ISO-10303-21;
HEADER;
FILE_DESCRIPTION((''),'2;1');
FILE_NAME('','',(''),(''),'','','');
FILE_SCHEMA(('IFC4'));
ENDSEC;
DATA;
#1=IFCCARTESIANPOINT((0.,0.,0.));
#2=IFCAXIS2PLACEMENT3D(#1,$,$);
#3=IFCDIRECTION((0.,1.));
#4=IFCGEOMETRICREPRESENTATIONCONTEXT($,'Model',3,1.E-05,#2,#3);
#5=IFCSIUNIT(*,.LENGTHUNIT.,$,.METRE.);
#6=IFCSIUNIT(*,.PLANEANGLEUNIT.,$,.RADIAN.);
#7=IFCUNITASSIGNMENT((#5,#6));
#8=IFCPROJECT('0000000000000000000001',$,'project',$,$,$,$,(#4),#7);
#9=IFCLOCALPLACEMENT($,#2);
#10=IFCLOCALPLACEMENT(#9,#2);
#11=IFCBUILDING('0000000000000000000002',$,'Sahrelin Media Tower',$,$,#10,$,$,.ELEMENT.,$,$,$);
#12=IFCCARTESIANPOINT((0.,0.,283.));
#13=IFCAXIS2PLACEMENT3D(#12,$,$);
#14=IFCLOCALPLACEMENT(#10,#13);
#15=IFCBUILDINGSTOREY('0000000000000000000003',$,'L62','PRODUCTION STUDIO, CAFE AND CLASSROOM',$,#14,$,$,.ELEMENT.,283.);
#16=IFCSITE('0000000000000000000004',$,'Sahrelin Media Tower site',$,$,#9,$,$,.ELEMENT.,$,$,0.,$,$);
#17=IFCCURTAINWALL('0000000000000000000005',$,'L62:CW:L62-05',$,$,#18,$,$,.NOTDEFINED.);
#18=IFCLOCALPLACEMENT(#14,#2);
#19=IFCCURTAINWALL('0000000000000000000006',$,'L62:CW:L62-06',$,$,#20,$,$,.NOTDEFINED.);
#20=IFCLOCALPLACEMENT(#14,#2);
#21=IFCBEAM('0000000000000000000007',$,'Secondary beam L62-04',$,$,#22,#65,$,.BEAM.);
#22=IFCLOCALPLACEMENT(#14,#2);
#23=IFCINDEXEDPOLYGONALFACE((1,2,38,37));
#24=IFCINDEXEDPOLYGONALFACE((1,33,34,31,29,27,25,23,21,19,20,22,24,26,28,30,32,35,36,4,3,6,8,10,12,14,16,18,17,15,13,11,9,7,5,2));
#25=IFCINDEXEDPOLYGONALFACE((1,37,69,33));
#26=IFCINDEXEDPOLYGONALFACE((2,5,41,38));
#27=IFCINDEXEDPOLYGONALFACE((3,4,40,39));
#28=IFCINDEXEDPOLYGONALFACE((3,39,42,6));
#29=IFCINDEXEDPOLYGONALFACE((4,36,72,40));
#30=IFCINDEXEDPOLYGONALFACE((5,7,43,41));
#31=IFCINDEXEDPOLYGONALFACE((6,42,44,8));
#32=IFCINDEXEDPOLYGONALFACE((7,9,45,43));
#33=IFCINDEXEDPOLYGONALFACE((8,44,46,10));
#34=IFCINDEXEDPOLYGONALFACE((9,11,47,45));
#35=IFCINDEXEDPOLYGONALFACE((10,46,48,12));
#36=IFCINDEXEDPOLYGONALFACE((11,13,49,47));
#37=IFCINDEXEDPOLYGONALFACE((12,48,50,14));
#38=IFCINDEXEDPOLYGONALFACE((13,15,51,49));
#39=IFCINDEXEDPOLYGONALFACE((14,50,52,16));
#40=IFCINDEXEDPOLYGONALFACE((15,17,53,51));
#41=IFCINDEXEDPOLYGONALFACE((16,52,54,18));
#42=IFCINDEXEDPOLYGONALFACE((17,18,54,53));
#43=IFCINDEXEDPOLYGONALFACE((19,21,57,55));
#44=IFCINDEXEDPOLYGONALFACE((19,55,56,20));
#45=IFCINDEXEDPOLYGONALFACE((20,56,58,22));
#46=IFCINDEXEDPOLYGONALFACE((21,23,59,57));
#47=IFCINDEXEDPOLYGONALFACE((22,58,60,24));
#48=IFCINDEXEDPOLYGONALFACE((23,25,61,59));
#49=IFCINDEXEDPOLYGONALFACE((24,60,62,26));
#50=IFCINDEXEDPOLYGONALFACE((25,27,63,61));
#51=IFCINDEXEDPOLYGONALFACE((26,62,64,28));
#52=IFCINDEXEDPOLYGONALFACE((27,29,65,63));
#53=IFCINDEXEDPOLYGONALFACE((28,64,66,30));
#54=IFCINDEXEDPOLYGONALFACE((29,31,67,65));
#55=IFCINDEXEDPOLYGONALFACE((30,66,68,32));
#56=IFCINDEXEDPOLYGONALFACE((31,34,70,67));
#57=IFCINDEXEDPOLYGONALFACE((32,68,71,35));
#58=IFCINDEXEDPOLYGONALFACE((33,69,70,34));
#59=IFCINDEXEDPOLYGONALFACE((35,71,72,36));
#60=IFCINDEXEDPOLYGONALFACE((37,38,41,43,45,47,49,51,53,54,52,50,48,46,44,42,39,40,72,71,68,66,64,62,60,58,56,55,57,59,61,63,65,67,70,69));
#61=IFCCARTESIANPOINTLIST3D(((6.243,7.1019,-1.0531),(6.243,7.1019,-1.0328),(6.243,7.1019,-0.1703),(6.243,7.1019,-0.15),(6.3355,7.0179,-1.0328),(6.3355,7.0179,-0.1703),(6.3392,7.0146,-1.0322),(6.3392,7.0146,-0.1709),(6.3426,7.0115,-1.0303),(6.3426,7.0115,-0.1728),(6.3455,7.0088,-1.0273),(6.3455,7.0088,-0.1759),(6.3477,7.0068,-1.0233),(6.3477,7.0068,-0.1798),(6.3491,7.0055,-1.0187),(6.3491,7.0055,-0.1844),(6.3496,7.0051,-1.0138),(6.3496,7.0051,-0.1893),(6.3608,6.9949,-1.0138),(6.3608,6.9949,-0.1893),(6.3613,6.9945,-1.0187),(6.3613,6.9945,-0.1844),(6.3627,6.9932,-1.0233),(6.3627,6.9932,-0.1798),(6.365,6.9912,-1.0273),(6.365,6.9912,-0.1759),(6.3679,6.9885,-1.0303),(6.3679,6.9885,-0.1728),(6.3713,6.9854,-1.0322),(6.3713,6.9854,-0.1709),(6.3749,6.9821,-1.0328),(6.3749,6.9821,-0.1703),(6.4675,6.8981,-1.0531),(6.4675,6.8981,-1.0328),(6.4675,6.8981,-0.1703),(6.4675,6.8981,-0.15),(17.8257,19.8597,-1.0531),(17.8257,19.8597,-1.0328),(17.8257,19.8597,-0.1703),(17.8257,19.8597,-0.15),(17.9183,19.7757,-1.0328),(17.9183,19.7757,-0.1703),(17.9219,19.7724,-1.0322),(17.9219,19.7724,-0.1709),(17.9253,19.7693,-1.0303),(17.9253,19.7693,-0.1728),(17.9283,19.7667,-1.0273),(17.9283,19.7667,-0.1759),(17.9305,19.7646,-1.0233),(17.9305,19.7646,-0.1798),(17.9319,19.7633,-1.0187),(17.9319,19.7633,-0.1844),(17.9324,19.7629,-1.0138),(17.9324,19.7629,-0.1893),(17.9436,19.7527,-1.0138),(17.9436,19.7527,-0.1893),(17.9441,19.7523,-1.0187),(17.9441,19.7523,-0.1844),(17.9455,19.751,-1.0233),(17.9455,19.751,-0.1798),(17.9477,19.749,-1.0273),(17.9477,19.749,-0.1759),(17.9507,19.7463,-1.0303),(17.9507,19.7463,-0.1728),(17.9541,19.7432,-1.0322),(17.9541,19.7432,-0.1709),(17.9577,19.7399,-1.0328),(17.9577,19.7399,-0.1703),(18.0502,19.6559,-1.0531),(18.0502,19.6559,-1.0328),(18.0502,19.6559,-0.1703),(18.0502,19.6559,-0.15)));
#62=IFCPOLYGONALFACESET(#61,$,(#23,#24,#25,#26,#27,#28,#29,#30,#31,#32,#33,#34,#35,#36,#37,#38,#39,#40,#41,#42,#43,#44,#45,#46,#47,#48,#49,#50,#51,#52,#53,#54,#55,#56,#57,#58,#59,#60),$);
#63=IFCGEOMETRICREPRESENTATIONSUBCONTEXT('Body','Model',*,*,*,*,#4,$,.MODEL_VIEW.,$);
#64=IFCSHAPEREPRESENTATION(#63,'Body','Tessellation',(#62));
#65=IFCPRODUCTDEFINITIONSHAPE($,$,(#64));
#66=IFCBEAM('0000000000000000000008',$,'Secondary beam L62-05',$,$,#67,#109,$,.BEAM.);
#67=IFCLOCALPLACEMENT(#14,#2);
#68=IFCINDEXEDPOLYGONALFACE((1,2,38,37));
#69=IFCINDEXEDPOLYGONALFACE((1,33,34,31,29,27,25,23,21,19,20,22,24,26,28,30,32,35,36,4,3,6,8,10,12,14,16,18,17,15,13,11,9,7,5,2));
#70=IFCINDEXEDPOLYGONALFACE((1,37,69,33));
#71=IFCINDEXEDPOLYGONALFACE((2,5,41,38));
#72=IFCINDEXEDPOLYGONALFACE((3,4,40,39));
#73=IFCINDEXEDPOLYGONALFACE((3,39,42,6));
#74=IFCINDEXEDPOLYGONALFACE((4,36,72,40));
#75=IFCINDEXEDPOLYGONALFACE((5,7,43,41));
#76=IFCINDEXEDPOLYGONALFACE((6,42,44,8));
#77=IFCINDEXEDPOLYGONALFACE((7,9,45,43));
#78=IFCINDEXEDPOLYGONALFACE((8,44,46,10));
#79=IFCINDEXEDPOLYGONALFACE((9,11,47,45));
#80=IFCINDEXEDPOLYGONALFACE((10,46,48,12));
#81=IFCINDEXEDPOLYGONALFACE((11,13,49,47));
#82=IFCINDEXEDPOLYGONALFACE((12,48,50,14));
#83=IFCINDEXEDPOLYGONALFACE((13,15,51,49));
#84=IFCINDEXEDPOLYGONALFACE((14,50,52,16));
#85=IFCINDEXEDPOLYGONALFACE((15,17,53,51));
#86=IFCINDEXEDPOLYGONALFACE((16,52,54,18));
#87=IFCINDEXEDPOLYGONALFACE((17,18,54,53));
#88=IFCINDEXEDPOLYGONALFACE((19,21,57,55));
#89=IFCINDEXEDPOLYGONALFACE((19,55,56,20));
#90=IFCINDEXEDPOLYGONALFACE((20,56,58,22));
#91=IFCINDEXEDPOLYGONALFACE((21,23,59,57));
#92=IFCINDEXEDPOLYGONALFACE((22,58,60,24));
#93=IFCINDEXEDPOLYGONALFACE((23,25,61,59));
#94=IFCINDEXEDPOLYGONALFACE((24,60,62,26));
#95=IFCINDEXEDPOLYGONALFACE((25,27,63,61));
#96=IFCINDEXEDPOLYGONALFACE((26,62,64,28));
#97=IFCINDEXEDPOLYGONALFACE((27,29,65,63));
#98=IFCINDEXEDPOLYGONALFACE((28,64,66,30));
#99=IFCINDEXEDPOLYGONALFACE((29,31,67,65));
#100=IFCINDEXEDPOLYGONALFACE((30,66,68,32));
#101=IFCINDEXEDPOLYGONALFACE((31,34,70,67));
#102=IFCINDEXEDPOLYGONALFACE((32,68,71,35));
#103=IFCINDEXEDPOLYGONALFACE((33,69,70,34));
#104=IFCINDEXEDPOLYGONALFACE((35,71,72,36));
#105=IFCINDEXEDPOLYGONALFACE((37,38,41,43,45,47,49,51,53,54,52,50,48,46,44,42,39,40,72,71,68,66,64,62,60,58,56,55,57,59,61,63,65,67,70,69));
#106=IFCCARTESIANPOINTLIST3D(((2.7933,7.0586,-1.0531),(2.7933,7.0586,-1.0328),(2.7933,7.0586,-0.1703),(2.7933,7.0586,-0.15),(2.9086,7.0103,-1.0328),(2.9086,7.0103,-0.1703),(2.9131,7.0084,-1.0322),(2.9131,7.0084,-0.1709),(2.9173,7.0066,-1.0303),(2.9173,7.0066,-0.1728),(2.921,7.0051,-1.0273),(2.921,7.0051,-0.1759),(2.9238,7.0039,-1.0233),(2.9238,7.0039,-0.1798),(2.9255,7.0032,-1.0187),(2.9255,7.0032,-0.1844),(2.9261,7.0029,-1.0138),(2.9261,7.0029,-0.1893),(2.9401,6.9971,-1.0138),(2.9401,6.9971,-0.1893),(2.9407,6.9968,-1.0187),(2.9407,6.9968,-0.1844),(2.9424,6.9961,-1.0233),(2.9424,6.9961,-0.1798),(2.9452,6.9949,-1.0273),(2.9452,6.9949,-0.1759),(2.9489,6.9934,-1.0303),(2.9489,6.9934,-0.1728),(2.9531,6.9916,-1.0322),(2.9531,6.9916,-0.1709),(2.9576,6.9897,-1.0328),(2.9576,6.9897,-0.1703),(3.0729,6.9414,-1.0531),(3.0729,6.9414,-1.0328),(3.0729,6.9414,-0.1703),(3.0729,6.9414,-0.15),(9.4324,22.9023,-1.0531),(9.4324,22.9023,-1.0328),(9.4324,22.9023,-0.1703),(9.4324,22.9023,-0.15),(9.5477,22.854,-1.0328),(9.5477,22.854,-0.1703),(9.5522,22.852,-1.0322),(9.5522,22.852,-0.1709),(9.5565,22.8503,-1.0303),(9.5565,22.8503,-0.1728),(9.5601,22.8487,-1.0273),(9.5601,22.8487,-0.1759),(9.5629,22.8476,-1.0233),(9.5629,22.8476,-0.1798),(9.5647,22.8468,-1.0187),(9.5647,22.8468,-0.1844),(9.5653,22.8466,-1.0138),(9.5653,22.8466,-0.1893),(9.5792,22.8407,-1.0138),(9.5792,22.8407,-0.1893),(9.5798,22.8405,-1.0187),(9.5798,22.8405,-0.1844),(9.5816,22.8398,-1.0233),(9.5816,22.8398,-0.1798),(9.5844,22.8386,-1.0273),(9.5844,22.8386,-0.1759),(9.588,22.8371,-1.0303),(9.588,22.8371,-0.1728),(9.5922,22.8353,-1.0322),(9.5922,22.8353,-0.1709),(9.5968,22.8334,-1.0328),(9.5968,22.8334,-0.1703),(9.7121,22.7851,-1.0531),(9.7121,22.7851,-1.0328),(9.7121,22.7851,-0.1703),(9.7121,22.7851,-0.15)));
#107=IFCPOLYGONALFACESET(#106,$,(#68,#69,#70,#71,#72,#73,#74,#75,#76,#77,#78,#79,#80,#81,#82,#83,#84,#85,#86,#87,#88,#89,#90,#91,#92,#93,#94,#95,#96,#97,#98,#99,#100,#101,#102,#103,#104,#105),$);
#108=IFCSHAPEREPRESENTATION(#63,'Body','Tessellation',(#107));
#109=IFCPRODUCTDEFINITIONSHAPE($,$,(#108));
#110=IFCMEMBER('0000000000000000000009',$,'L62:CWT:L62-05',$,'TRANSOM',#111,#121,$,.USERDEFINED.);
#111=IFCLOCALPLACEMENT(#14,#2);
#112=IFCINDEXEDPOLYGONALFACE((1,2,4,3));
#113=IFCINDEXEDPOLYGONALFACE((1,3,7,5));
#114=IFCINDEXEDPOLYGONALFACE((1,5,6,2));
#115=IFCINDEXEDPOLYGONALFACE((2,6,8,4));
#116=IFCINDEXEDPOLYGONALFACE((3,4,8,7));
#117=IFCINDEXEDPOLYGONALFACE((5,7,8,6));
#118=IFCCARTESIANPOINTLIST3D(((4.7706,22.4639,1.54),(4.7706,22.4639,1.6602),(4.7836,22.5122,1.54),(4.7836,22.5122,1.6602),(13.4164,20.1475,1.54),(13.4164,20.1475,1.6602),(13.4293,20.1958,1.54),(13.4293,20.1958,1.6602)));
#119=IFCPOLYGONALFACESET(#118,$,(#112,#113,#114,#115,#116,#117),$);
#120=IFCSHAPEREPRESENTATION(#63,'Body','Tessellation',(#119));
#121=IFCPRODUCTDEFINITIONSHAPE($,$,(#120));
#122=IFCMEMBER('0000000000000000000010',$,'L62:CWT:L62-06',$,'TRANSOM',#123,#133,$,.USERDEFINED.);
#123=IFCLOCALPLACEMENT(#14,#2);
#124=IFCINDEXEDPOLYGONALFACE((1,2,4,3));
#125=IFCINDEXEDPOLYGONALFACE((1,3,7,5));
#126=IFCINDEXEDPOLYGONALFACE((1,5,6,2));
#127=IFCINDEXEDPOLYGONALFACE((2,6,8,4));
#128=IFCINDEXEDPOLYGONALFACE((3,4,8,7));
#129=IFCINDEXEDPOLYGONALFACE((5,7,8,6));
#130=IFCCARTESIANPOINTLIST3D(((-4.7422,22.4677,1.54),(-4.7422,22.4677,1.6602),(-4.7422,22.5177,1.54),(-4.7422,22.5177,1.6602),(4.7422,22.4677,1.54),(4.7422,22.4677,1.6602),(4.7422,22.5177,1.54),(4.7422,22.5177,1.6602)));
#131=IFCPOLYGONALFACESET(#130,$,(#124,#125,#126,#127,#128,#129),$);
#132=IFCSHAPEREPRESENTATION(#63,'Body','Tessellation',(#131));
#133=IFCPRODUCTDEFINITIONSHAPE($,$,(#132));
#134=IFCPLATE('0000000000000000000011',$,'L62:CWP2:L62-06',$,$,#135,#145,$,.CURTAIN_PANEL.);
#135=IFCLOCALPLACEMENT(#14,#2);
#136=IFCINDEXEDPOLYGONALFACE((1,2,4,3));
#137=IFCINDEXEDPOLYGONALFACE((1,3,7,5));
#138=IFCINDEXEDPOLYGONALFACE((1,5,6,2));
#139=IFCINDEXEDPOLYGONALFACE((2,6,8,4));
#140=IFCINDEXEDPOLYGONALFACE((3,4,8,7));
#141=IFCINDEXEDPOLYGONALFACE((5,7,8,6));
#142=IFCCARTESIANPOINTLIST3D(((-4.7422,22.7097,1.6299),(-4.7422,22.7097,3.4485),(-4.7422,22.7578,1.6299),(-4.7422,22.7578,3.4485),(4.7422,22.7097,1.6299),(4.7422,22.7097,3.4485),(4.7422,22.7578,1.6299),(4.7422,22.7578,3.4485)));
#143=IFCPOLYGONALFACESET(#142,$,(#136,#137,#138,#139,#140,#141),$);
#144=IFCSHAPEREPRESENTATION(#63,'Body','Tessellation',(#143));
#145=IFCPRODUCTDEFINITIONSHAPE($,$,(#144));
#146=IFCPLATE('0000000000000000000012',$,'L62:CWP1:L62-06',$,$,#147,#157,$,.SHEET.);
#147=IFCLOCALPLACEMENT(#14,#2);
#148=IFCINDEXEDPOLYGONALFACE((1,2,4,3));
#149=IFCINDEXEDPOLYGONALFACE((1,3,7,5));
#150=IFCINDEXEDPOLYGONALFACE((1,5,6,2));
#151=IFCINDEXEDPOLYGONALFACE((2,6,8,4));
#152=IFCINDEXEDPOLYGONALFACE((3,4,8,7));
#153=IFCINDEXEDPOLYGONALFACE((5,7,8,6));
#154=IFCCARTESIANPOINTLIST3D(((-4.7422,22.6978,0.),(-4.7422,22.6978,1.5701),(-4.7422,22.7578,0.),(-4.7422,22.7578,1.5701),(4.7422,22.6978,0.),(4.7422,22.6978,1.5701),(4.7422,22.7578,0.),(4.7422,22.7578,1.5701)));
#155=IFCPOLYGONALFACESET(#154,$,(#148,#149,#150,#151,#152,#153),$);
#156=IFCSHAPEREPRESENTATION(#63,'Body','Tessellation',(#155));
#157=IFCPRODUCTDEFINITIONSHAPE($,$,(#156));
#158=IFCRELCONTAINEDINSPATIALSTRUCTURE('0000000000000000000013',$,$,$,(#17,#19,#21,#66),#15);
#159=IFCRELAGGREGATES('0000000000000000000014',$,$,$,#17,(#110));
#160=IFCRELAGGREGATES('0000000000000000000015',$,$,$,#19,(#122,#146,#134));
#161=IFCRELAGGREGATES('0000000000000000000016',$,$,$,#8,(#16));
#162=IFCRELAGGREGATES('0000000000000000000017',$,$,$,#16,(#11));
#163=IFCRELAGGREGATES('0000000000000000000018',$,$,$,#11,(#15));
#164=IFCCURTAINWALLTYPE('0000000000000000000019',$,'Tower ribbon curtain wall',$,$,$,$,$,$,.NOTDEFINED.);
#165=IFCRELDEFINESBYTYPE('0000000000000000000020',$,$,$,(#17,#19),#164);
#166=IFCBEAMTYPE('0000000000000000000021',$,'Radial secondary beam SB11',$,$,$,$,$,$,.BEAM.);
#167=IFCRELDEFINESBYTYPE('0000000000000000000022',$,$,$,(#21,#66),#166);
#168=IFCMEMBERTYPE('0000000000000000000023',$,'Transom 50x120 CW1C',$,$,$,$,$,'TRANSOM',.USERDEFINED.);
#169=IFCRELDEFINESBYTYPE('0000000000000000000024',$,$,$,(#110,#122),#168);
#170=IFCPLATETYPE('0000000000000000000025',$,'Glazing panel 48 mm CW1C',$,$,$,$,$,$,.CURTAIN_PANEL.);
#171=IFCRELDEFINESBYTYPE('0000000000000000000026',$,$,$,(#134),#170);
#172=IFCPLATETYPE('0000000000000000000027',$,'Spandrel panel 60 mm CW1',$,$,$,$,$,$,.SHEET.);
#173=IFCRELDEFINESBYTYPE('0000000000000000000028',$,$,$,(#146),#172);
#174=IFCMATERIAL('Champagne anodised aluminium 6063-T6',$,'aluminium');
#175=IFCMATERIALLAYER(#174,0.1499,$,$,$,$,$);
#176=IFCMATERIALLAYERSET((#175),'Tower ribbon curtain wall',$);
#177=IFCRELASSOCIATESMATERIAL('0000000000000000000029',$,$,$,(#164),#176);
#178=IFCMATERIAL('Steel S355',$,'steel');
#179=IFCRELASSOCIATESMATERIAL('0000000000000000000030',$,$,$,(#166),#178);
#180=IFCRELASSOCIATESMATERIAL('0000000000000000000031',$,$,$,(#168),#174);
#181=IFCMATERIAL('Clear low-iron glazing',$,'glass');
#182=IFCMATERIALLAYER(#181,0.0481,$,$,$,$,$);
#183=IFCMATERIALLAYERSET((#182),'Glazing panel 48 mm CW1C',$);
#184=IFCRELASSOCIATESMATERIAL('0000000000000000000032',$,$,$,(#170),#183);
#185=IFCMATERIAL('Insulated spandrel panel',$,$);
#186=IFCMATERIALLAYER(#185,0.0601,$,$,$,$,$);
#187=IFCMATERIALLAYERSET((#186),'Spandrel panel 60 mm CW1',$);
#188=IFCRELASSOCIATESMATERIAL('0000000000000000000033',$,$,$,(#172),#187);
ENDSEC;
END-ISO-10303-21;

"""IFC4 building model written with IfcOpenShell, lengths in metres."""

from ifc_helpers import new_model, si_unit, direction, frame, origin, origin_2d, place, context, subcontext, project, spatial, polyline, rectangle, i_section, outline, extrude, material, layer, layer_set, material_profile, profile_set, type_object, element, aggregate, save


model = new_model("IFC4")

# Units and contexts
model_context = context("Model", 3, precision=1e-05, world=origin(), true_north=direction((0.0, 1.0)))
body_context = subcontext(model_context, "Body", "Model", "MODEL_VIEW")
ifc_project = project(units=[si_unit("LENGTHUNIT", "METRE"), si_unit("PLANEANGLEUNIT", "RADIAN")], contexts=[model_context])

# Site, building, storey
site_placement = place(None, origin())
site = spatial("IfcSite", under=ifc_project, at=site_placement, Name="Sahrelin Media Tower site", CompositionType="ELEMENT", RefElevation=0.0)
building_placement = place(site_placement, origin())
building = spatial("IfcBuilding", under=site, at=building_placement, Name="Sahrelin Media Tower", CompositionType="ELEMENT")
storey_placement = place(building_placement, frame((0.0, 0.0, 283.0)))
storey = spatial("IfcBuildingStorey", under=building, at=storey_placement, Name="L62", Description="PRODUCTION STUDIO, CAFE AND CLASSROOM", CompositionType="ELEMENT", Elevation=283.0)

# Shared definitions
ifc_material_1 = material(Name="Steel S355", Category="steel")

# Curtain walls
ifc_material_2 = material(Name="Champagne anodised aluminium 6063-T6", Category="aluminium")
ifc_layer_1 = layer(ifc_material_2, 0.1499)
ifc_layer_set_1 = layer_set([ifc_layer_1], Name="Tower ribbon curtain wall")
curtain_wall_type = type_object("IfcCurtainWallType", Name="Tower ribbon curtain wall", PredefinedType="NOTDEFINED", material=ifc_layer_set_1)
curtain_wall_1_placement = place(storey_placement, frame((9.1633, 21.5664, 0.0), z_axis=(0.0, 0.0, 1.0), x_axis=(1.0, 0.0, 0.0)))
curtain_wall_1 = element("IfcCurtainWall", 1, at=curtain_wall_1_placement, inside=storey, type_object=curtain_wall_type, Name="L62:CW:L62-05", PredefinedType="NOTDEFINED")
placement_1 = place(storey_placement, frame((0.0, 22.7378, 0.0), z_axis=(0.0, 0.0, 1.0), x_axis=(1.0, 0.0, 0.0)))
curtain_wall_2 = element("IfcCurtainWall", 2, at=placement_1, inside=storey, type_object=curtain_wall_type, Name="L62:CW:L62-06", PredefinedType="NOTDEFINED")

# Beams
ifc_material_profile_1 = material_profile(ifc_material_1, i_section(OverallWidth=0.3032, OverallDepth=0.9031, WebThickness=0.0151, FlangeThickness=0.0203, FilletRadius=0.019, at=origin_2d()), Name="UB 914x305x201")
ifc_profile_set_1 = profile_set([ifc_material_profile_1], Name="Steel S355")
beam_type_1 = type_object("IfcBeamType", Name="Radial secondary beam SB11", PredefinedType="BEAM", material=ifc_profile_set_1)
beam_1_placement = place(storey_placement, frame((6.3552, 7.0, -0.6016), z_axis=(0.672188, 0.74038, 0.0), x_axis=(-0.74038, 0.672188, 0.0)))
element("IfcBeam", 3, at=beam_1_placement, inside=storey, type_object=beam_type_1, Name="Secondary beam L62-04", PredefinedType="BEAM", context=body_context, shape_type="SweptSolid", body=[
    extrude(i_section(OverallWidth=0.3032, OverallDepth=0.9031, WebThickness=0.0151, FlangeThickness=0.0203, FilletRadius=0.019, at=origin_2d()), origin(), (0.0, 0.0, 1.0), 17.2314),
])
beam_2_placement = place(storey_placement, frame((2.9331, 7.0, -0.6016), z_axis=(0.386479, 0.922298, 0.0), x_axis=(-0.922298, 0.386479, 0.0)))
element("IfcBeam", 4, at=beam_2_placement, inside=storey, type_object=beam_type_1, Name="Secondary beam L62-05", PredefinedType="BEAM", context=body_context, shape_type="SweptSolid", body=[
    extrude(i_section(OverallWidth=0.3032, OverallDepth=0.9031, WebThickness=0.0151, FlangeThickness=0.0203, FilletRadius=0.019, at=origin_2d()), origin(), (0.0, 0.0, 1.0), 17.1785),
])

# Members
ifc_material_profile_2 = material_profile(ifc_material_2, rectangle(XDim=0.05, YDim=0.1201, at=origin_2d()), Name="Transom 50x120")
ifc_profile_set_2 = profile_set([ifc_material_profile_2], Name="Champagne anodised aluminium 6063-T6")
member_type_1 = type_object("IfcMemberType", Name="Transom 50x120 CW1C", ElementType="TRANSOM", PredefinedType="USERDEFINED", material=ifc_profile_set_2)
member_1_placement = place(storey_placement, frame((13.4229, 20.1716, 1.6001), z_axis=(-0.965932, 0.258797, 0.0), x_axis=(-0.258797, -0.965932, 0.0)))
member_1 = element("IfcMember", 5, at=member_1_placement, type_object=member_type_1, Name="L62:CWT:L62-05", ObjectType="TRANSOM", PredefinedType="USERDEFINED", context=body_context, shape_type="SweptSolid", body=[
    extrude(rectangle(XDim=0.05, YDim=0.1201, at=origin_2d()), origin(), (0.0, 0.0, 1.0), 8.9507),
])
aggregate(curtain_wall_1, [member_1])
member_2_placement = place(storey_placement, frame((4.7422, 22.4927, 1.6001), z_axis=(-1.0, 0.0, 0.0), x_axis=(0.0, -1.0, 0.0)))
member_2 = element("IfcMember", 6, at=member_2_placement, type_object=member_type_1, Name="L62:CWT:L62-06", ObjectType="TRANSOM", PredefinedType="USERDEFINED", context=body_context, shape_type="SweptSolid", body=[
    extrude(rectangle(XDim=0.05, YDim=0.1201, at=origin_2d()), origin(), (0.0, 0.0, 1.0), 9.4844),
])

# Plates
ifc_material_3 = material(Name="Clear low-iron glazing", Category="glass")
ifc_layer_2 = layer(ifc_material_3, 0.0481)
ifc_layer_set_2 = layer_set([ifc_layer_2], Name="Glazing panel 48 mm CW1C")
plate_type_1 = type_object("IfcPlateType", Name="Glazing panel 48 mm CW1C", PredefinedType="CURTAIN_PANEL", material=ifc_layer_set_2)
plate_1_placement = place(storey_placement, frame((4.7422, 22.7578, 1.6299), z_axis=(0.0, 1.0, 0.0), x_axis=(-1.0, 0.0, 0.0)))
plate_1 = element("IfcPlate", 7, at=plate_1_placement, type_object=plate_type_1, Name="L62:CWP2:L62-06", PredefinedType="CURTAIN_PANEL", context=body_context, shape_type="SweptSolid", body=[
    extrude(outline(polyline([(0.0, 0.0), (9.4844, 0.0), (9.4844, 1.8186), (0.0, 1.8186), (0.0, 0.0)])), origin(), (0.0, 0.0, -1.0), 0.0481),
])
ifc_material_4 = material(Name="Insulated spandrel panel")
ifc_layer_3 = layer(ifc_material_4, 0.0601)
ifc_layer_set_3 = layer_set([ifc_layer_3], Name="Spandrel panel 60 mm CW1")
plate_type_2 = type_object("IfcPlateType", Name="Spandrel panel 60 mm CW1", PredefinedType="SHEET", material=ifc_layer_set_3)
plate_2_placement = place(storey_placement, frame((4.7422, 22.7578, 0.0), z_axis=(0.0, 1.0, 0.0), x_axis=(-1.0, 0.0, 0.0)))
plate_2 = element("IfcPlate", 8, at=plate_2_placement, type_object=plate_type_2, Name="L62:CWP1:L62-06", PredefinedType="SHEET", context=body_context, shape_type="SweptSolid", body=[
    extrude(outline(polyline([(0.0, 0.0), (9.4844, 0.0), (9.4844, 1.5701), (0.0, 1.5701), (0.0, 0.0)])), origin(), (0.0, 0.0, -1.0), 0.0601),
])
aggregate(curtain_wall_2, [member_2, plate_2, plate_1])

save(model, "model.ifc")
